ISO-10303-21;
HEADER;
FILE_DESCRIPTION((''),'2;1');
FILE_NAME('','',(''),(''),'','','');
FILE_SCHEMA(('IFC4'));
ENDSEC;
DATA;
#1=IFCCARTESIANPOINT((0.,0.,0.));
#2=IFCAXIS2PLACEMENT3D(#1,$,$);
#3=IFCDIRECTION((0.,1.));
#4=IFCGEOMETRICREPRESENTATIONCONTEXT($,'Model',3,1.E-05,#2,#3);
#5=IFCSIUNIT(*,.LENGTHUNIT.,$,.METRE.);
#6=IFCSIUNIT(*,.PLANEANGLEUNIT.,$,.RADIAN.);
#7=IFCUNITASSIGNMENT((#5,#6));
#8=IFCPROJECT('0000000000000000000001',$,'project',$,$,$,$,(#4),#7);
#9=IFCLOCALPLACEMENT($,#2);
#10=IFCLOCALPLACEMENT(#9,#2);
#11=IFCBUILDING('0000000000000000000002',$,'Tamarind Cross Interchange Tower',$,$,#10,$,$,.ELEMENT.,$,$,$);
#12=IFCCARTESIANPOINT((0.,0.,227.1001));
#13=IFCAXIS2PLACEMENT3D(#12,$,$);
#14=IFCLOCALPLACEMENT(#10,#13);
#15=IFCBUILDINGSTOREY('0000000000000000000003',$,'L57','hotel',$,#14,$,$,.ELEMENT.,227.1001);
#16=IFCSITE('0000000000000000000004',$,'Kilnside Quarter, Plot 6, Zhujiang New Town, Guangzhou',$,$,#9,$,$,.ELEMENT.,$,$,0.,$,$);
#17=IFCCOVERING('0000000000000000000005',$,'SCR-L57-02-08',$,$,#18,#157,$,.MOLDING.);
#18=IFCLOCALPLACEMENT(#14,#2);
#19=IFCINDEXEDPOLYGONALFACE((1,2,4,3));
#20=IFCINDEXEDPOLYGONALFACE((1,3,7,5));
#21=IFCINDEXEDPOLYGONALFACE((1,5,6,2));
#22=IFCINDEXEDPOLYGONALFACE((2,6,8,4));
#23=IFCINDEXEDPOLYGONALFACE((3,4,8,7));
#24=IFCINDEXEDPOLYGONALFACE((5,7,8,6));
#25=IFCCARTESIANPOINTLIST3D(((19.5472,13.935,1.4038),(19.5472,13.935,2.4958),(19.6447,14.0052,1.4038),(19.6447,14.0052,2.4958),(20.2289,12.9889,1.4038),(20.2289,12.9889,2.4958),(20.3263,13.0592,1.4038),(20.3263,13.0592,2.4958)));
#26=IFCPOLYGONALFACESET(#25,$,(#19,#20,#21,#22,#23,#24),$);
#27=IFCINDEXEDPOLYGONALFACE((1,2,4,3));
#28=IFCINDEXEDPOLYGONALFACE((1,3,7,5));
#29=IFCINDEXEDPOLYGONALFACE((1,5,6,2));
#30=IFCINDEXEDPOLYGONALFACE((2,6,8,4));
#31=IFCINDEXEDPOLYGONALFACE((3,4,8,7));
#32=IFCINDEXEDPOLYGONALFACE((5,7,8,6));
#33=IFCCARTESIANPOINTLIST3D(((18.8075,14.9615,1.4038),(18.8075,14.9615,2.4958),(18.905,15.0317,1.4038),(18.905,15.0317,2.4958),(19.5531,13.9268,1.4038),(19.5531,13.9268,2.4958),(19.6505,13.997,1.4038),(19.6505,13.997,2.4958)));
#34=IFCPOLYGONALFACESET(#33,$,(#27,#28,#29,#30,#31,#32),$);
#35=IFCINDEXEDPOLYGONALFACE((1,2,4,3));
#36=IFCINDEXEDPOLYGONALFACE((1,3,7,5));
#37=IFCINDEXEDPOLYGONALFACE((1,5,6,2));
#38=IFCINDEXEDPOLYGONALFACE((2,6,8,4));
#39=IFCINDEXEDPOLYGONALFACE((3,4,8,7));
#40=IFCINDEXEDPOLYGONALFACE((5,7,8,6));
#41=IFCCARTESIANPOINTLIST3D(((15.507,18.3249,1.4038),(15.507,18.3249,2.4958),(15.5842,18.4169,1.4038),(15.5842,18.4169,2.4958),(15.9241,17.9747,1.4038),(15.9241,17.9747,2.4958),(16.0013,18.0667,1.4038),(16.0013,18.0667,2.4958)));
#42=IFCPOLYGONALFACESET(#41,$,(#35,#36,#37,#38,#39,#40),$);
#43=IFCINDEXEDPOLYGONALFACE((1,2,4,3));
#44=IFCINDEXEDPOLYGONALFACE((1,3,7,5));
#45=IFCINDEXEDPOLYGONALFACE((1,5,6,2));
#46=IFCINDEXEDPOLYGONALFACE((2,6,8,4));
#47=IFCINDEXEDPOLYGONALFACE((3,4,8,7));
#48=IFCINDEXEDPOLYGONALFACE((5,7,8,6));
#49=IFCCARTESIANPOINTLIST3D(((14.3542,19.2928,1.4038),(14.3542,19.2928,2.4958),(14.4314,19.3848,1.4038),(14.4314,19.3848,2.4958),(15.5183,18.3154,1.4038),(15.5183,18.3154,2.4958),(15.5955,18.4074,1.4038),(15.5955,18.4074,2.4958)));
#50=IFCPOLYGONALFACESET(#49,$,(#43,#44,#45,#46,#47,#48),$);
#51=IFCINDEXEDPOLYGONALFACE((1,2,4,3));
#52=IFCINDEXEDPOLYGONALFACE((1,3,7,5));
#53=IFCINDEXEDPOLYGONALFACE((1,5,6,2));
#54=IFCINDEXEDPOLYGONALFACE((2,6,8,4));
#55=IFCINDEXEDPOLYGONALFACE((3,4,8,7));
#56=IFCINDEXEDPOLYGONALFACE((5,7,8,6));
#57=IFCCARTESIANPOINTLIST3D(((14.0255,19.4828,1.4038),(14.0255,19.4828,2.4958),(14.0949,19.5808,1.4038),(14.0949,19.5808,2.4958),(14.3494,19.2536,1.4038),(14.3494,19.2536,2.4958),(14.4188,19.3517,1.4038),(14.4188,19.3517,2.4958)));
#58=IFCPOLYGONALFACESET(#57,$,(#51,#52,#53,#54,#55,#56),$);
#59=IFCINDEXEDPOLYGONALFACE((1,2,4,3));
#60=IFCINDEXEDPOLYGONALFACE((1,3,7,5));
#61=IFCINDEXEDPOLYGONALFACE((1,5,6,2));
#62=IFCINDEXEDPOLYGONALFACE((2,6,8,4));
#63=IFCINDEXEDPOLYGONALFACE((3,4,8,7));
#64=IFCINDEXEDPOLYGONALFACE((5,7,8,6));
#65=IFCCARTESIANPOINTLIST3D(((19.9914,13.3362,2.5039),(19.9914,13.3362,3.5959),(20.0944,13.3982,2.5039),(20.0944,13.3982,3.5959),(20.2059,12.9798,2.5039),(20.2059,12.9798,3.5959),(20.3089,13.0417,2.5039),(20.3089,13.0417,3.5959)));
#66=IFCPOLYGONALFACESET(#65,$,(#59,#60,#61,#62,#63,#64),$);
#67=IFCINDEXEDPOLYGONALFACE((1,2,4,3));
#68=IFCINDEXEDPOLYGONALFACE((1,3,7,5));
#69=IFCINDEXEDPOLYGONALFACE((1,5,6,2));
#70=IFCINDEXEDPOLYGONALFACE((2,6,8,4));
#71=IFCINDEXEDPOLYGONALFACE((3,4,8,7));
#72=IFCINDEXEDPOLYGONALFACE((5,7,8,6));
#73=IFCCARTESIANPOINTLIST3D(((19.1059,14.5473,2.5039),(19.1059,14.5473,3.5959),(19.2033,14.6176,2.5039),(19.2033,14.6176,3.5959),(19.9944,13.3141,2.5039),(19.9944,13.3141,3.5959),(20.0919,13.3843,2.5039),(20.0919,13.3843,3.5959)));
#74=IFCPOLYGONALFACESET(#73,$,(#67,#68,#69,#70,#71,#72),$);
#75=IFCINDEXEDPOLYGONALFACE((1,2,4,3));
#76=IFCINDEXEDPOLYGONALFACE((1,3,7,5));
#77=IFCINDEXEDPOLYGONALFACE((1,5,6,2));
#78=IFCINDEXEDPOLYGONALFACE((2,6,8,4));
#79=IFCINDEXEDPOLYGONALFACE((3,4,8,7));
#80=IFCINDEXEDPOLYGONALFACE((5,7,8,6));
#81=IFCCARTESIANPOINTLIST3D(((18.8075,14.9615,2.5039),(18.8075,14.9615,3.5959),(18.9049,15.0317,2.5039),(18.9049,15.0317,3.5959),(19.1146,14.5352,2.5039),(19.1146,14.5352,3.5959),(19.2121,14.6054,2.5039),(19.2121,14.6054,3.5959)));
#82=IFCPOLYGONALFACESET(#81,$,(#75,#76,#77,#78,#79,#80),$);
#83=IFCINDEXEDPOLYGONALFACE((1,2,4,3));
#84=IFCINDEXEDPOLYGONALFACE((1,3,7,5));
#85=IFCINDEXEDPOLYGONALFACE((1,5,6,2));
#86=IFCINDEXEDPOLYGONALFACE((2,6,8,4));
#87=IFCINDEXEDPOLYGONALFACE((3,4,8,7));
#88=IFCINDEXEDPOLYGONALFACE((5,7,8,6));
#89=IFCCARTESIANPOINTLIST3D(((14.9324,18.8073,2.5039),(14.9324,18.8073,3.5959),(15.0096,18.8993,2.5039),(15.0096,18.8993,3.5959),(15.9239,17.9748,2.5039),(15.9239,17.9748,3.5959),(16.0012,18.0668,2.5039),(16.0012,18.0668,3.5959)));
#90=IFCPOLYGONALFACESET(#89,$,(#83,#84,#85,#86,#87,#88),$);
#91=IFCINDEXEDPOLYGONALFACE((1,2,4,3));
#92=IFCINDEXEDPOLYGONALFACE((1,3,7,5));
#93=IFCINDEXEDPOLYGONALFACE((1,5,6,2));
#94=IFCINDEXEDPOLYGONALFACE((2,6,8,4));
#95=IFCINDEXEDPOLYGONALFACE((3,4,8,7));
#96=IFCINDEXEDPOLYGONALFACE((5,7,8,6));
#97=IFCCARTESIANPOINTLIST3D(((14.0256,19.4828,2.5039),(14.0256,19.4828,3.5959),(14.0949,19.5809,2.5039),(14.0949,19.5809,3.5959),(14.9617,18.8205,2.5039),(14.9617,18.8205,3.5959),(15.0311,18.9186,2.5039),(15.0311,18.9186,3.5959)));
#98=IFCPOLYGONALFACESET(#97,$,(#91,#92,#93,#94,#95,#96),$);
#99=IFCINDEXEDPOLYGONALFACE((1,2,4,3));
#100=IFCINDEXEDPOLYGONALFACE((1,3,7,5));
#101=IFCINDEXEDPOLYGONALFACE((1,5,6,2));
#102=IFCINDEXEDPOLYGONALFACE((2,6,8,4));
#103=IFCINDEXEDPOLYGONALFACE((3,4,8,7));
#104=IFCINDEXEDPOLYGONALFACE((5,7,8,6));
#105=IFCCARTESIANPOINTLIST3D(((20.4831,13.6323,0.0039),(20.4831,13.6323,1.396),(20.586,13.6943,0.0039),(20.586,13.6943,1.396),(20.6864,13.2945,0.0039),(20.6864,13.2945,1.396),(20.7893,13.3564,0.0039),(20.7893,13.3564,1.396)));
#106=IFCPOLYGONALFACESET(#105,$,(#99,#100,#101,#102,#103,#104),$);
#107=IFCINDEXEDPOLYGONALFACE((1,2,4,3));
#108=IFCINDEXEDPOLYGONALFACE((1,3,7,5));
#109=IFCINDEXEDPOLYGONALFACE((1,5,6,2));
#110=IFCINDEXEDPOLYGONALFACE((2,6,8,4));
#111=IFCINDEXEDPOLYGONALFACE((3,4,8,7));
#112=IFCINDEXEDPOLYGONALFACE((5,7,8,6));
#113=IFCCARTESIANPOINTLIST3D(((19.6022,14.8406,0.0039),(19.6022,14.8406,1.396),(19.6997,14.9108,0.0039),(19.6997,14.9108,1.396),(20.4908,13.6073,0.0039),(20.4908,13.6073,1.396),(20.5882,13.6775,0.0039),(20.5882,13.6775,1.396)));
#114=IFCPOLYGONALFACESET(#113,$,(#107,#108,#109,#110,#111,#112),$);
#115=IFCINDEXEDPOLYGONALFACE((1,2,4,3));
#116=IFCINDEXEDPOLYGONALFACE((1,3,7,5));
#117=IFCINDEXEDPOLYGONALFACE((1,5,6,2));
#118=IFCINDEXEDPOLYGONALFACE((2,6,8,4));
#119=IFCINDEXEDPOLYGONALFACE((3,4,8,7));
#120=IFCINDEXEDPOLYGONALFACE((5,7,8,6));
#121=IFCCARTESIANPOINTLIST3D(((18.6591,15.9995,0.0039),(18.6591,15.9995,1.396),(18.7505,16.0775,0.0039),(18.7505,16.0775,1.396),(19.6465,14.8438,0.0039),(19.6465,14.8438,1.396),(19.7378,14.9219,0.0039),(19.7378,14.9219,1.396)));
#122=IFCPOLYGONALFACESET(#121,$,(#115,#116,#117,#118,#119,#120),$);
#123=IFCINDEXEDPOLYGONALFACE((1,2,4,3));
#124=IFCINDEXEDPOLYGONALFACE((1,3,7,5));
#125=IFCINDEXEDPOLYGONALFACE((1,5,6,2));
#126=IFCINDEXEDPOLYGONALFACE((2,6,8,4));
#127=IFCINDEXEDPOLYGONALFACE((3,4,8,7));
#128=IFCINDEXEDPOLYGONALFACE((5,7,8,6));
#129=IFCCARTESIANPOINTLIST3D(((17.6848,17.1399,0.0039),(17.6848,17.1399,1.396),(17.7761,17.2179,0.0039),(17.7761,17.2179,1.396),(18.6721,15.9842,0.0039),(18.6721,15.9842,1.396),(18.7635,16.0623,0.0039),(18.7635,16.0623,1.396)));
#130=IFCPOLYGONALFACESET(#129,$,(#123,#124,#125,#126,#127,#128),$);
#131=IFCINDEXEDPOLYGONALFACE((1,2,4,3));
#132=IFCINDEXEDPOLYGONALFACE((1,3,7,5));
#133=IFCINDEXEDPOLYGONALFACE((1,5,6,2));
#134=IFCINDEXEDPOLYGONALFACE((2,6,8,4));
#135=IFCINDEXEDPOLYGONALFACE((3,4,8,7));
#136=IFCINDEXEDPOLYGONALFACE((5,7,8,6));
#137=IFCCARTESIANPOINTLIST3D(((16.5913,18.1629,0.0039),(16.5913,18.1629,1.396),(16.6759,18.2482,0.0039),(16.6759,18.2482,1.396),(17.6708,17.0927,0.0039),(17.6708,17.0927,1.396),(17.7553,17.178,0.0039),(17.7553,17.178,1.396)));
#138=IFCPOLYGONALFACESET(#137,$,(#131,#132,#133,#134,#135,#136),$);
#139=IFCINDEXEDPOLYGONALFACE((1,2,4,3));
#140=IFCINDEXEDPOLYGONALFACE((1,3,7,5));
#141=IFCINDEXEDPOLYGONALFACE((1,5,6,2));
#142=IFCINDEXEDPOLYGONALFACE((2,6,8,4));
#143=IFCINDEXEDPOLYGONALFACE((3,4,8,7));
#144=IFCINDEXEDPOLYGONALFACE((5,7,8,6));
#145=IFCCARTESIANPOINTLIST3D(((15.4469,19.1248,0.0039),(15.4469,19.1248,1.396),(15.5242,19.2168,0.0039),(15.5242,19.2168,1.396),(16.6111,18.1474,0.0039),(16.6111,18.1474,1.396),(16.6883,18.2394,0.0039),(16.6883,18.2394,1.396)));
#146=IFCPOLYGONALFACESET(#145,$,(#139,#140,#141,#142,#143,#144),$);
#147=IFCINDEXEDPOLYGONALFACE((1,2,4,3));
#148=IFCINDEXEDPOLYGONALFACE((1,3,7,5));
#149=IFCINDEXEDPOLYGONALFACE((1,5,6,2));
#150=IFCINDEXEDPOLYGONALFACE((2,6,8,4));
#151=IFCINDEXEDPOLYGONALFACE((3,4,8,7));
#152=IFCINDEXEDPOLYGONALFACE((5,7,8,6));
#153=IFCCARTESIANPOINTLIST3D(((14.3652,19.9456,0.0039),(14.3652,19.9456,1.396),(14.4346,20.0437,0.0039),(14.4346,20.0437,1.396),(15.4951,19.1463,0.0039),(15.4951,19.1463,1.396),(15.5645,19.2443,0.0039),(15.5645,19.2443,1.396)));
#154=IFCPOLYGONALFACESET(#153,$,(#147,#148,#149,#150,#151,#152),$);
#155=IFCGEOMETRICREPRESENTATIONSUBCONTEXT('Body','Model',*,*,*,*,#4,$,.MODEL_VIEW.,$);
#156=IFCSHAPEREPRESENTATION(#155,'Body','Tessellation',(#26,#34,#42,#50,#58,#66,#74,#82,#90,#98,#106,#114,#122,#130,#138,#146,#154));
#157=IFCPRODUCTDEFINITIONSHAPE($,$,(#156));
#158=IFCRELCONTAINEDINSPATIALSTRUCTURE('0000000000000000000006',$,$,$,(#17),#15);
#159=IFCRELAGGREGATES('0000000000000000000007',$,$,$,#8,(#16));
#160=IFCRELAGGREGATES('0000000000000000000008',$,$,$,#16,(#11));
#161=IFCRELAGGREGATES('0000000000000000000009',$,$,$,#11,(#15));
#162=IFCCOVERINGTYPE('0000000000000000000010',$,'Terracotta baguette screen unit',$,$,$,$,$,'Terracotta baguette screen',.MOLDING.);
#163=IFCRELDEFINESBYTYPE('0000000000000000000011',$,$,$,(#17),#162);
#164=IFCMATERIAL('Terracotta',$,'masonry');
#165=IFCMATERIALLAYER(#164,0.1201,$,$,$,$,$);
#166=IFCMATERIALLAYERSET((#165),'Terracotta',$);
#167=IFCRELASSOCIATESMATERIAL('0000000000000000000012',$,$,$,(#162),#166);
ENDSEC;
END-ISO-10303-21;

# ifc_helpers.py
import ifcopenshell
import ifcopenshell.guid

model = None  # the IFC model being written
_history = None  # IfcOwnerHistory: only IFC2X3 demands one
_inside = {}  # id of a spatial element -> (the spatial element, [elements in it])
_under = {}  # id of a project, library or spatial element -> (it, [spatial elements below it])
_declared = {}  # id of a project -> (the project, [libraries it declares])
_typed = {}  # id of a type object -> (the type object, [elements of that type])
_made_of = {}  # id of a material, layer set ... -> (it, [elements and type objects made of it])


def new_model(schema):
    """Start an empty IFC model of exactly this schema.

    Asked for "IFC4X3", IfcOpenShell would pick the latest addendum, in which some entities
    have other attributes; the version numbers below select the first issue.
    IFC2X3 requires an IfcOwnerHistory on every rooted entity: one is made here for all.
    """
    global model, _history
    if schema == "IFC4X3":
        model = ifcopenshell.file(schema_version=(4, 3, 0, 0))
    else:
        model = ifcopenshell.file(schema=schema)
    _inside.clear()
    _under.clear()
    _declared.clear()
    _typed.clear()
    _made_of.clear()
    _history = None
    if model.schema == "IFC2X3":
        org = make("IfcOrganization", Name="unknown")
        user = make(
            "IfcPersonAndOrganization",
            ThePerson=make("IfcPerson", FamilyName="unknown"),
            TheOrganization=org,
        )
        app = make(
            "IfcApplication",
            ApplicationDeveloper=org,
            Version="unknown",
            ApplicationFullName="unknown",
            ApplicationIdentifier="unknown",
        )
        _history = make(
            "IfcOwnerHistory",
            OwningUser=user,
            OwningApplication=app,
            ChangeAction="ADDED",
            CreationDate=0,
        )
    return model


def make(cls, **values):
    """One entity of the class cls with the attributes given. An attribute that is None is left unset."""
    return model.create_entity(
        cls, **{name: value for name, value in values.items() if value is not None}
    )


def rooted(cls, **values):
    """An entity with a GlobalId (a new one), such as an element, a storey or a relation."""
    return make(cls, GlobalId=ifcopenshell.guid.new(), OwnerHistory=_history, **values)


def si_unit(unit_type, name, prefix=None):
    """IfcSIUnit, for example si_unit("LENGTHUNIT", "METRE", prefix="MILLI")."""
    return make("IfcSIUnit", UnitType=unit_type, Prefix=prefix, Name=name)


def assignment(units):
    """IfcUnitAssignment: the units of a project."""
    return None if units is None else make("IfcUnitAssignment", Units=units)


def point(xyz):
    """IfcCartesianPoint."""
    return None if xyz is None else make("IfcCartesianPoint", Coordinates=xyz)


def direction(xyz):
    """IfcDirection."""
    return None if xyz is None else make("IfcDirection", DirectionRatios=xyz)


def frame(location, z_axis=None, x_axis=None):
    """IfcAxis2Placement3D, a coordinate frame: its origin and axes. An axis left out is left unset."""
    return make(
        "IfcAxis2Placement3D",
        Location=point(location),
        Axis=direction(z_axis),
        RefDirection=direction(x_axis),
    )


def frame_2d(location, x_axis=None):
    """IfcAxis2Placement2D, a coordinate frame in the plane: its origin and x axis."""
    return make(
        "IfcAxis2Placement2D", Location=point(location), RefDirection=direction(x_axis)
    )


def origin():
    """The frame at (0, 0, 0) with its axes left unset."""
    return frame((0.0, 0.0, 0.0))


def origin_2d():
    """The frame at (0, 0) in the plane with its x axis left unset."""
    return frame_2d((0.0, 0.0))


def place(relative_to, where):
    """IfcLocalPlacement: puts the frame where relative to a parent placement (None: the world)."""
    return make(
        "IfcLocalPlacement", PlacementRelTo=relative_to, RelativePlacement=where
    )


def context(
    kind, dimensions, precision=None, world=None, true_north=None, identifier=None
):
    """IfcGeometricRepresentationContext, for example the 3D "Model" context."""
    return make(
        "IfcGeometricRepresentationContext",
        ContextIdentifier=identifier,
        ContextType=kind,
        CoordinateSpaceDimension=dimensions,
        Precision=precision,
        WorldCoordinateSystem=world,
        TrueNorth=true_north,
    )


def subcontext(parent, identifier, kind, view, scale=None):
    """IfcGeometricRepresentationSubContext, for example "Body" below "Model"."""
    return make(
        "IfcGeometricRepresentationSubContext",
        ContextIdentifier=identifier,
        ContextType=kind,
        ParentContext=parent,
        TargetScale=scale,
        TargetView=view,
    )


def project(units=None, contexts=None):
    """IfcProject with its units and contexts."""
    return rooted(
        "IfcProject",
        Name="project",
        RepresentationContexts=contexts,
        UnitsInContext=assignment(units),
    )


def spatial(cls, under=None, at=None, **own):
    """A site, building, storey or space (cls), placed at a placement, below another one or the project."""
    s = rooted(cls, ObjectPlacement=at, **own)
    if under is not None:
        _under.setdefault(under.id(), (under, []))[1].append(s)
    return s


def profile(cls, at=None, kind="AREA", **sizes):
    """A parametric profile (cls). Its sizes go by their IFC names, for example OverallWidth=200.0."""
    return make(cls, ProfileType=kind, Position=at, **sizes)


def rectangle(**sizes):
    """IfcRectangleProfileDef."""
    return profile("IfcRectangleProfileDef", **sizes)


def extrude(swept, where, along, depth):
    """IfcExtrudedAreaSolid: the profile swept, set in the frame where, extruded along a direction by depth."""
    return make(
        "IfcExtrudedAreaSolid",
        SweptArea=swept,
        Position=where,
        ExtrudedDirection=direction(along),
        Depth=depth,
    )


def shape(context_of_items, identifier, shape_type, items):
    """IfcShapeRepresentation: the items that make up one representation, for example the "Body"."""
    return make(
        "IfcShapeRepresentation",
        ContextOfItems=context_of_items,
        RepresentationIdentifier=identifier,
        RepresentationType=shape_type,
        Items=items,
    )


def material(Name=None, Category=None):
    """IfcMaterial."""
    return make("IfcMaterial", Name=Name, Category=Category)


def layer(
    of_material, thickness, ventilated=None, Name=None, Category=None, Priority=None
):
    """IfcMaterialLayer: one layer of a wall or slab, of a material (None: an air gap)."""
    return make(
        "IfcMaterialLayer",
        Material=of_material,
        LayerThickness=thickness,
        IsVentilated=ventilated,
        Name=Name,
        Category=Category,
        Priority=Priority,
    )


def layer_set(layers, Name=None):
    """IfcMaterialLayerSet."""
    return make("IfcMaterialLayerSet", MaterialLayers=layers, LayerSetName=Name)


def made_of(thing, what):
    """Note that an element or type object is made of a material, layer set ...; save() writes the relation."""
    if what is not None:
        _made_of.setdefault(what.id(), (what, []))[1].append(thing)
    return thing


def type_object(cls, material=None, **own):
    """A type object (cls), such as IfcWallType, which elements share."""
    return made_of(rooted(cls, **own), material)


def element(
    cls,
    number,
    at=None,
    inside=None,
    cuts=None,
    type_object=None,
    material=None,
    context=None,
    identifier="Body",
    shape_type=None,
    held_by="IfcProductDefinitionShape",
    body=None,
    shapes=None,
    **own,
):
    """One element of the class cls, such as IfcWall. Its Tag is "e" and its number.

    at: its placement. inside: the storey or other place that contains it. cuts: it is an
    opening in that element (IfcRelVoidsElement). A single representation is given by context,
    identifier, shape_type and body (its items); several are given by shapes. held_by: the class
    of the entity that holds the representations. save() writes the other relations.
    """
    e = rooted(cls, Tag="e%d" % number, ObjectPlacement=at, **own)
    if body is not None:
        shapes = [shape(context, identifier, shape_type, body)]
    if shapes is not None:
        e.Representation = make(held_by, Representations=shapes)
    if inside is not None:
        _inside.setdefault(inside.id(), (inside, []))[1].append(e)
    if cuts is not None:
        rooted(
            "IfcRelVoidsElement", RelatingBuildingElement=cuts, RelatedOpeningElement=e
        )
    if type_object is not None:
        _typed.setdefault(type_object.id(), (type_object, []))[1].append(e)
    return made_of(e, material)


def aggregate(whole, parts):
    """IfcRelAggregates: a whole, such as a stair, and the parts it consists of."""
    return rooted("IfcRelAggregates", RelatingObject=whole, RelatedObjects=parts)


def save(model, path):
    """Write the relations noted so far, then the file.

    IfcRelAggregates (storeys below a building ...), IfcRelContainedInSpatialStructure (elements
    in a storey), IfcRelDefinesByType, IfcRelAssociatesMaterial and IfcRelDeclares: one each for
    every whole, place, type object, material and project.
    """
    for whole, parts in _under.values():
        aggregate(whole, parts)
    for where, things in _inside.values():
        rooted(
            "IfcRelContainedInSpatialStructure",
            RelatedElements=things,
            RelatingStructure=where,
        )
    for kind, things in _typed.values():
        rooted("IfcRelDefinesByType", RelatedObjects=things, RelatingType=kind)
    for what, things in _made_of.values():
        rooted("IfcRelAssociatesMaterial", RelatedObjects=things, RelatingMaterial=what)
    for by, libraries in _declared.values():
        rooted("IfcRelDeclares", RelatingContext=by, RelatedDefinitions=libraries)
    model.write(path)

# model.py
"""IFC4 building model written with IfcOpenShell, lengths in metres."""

from ifc_helpers import new_model, si_unit, direction, frame, origin, origin_2d, place, context, subcontext, project, spatial, rectangle, extrude, material, layer, layer_set, type_object, element, save


model = new_model("IFC4")

# Units and contexts
model_context = context("Model", 3, precision=1e-05, world=origin(), true_north=direction((0.0, 1.0)))
body_context = subcontext(model_context, "Body", "Model", "MODEL_VIEW")
ifc_project = project(units=[si_unit("LENGTHUNIT", "METRE"), si_unit("PLANEANGLEUNIT", "RADIAN")], contexts=[model_context])

# Site, building, storey
site_placement = place(None, origin())
site = spatial("IfcSite", under=ifc_project, at=site_placement, Name="Kilnside Quarter, Plot 6, Zhujiang New Town, Guangzhou", CompositionType="ELEMENT", RefElevation=0.0)
building_placement = place(site_placement, origin())
building = spatial("IfcBuilding", under=site, at=building_placement, Name="Tamarind Cross Interchange Tower", CompositionType="ELEMENT")
storey_placement = place(building_placement, frame((0.0, 0.0, 227.1001)))
storey = spatial("IfcBuildingStorey", under=building, at=storey_placement, Name="L57", Description="hotel", CompositionType="ELEMENT", Elevation=227.1001)

# Covering
ifc_material_1 = material(Name="Terracotta", Category="masonry")
ifc_layer_1 = layer(ifc_material_1, 0.1201)
ifc_layer_set_1 = layer_set([ifc_layer_1], Name="Terracotta")
covering_type = type_object("IfcCoveringType", Name="Terracotta baguette screen unit", ElementType="Terracotta baguette screen", PredefinedType="MOLDING", material=ifc_layer_set_1)
covering_1_placement = place(storey_placement, origin())
element("IfcCovering", 1, at=covering_1_placement, inside=storey, type_object=covering_type, Name="SCR-L57-02-08", PredefinedType="MOLDING", context=body_context, shape_type="SweptSolid", body=[
    extrude(rectangle(XDim=1.166, YDim=0.1201, at=origin_2d()), frame((19.9368, 13.4971, 1.4038), z_axis=(0.0, 0.0, 1.0), x_axis=(-0.584574, 0.81134, 0.0)), (0.0, 0.0, 1.0), 1.092),
    extrude(rectangle(XDim=1.2754, YDim=0.1201, at=origin_2d()), frame((19.229, 14.4792, 1.4038), z_axis=(0.0, 0.0, 1.0), x_axis=(-0.584574, 0.81134, 0.0)), (0.0, 0.0, 1.0), 1.092),
    extrude(rectangle(XDim=0.5447, YDim=0.1201, at=origin_2d()), frame((15.7542, 18.1958, 1.4038), z_axis=(0.0, 0.0, 1.0), x_axis=(-0.765858, 0.643009, 0.0)), (0.0, 0.0, 1.0), 1.092),
    extrude(rectangle(XDim=1.52, YDim=0.1201, at=origin_2d()), frame((14.9749, 18.8501, 1.4038), z_axis=(0.0, 0.0, 1.0), x_axis=(-0.765858, 0.643009, 0.0)), (0.0, 0.0, 1.0), 1.092),
    extrude(rectangle(XDim=0.3967, YDim=0.1201, at=origin_2d()), frame((14.2222, 19.4172, 1.4038), z_axis=(0.0, 0.0, 1.0), x_axis=(-0.816342, 0.577569, 0.0)), (0.0, 0.0, 1.0), 1.092),
    extrude(rectangle(XDim=0.416, YDim=0.1201, at=origin_2d()), frame((20.1501, 13.189, 2.5039), z_axis=(0.0, 0.0, 1.0), x_axis=(-0.515577, 0.856843, 0.0)), (0.0, 0.0, 1.0), 1.092),
    extrude(rectangle(XDim=1.52, YDim=0.1201, at=origin_2d()), frame((19.5989, 13.9658, 2.5039), z_axis=(0.0, 0.0, 1.0), x_axis=(-0.584574, 0.81134, 0.0)), (0.0, 0.0, 1.0), 1.092),
    extrude(rectangle(XDim=0.5254, YDim=0.1201, at=origin_2d()), frame((19.0098, 14.7834, 2.5039), z_axis=(0.0, 0.0, 1.0), x_axis=(-0.584574, 0.81134, 0.0)), (0.0, 0.0, 1.0), 1.092),
    extrude(rectangle(XDim=1.2947, YDim=0.1201, at=origin_2d()), frame((15.4668, 18.437, 2.5039), z_axis=(0.0, 0.0, 1.0), x_axis=(-0.765858, 0.643009, 0.0)), (0.0, 0.0, 1.0), 1.092),
    extrude(rectangle(XDim=1.1467, YDim=0.1201, at=origin_2d()), frame((14.5283, 19.2007, 2.5039), z_axis=(0.0, 0.0, 1.0), x_axis=(-0.816342, 0.577569, 0.0)), (0.0, 0.0, 1.0), 1.092),
    extrude(rectangle(XDim=0.3943, YDim=0.1201, at=origin_2d()), frame((20.6362, 13.4944, 0.0039), z_axis=(0.0, 0.0, 1.0), x_axis=(-0.515577, 0.856843, 0.0)), (0.0, 0.0, 1.0), 1.3921),
    extrude(rectangle(XDim=1.52, YDim=0.1201, at=origin_2d()), frame((20.0952, 14.259, 0.0039), z_axis=(0.0, 0.0, 1.0), x_axis=(-0.584574, 0.81134, 0.0)), (0.0, 0.0, 1.0), 1.3921),
    extrude(rectangle(XDim=1.52, YDim=0.1201, at=origin_2d()), frame((19.1985, 15.4607, 0.0039), z_axis=(0.0, 0.0, 1.0), x_axis=(-0.649577, 0.760296, 0.0)), (0.0, 0.0, 1.0), 1.3921),
    extrude(rectangle(XDim=1.52, YDim=0.1201, at=origin_2d()), frame((18.2241, 16.6011, 0.0039), z_axis=(0.0, 0.0, 1.0), x_axis=(-0.649577, 0.760296, 0.0)), (0.0, 0.0, 1.0), 1.3921),
    extrude(rectangle(XDim=1.52, YDim=0.1201, at=origin_2d()), frame((17.1733, 17.6704, 0.0039), z_axis=(0.0, 0.0, 1.0), x_axis=(-0.710143, 0.704057, 0.0)), (0.0, 0.0, 1.0), 1.3921),
    extrude(rectangle(XDim=1.52, YDim=0.1201, at=origin_2d()), frame((16.0676, 18.6821, 0.0039), z_axis=(0.0, 0.0, 1.0), x_axis=(-0.765858, 0.643009, 0.0)), (0.0, 0.0, 1.0), 1.3921),
    extrude(rectangle(XDim=1.384, YDim=0.1201, at=origin_2d()), frame((14.9648, 19.595, 0.0039), z_axis=(0.0, 0.0, 1.0), x_axis=(-0.816342, 0.577569, 0.0)), (0.0, 0.0, 1.0), 1.3921),
])

save(model, "model.ifc")
